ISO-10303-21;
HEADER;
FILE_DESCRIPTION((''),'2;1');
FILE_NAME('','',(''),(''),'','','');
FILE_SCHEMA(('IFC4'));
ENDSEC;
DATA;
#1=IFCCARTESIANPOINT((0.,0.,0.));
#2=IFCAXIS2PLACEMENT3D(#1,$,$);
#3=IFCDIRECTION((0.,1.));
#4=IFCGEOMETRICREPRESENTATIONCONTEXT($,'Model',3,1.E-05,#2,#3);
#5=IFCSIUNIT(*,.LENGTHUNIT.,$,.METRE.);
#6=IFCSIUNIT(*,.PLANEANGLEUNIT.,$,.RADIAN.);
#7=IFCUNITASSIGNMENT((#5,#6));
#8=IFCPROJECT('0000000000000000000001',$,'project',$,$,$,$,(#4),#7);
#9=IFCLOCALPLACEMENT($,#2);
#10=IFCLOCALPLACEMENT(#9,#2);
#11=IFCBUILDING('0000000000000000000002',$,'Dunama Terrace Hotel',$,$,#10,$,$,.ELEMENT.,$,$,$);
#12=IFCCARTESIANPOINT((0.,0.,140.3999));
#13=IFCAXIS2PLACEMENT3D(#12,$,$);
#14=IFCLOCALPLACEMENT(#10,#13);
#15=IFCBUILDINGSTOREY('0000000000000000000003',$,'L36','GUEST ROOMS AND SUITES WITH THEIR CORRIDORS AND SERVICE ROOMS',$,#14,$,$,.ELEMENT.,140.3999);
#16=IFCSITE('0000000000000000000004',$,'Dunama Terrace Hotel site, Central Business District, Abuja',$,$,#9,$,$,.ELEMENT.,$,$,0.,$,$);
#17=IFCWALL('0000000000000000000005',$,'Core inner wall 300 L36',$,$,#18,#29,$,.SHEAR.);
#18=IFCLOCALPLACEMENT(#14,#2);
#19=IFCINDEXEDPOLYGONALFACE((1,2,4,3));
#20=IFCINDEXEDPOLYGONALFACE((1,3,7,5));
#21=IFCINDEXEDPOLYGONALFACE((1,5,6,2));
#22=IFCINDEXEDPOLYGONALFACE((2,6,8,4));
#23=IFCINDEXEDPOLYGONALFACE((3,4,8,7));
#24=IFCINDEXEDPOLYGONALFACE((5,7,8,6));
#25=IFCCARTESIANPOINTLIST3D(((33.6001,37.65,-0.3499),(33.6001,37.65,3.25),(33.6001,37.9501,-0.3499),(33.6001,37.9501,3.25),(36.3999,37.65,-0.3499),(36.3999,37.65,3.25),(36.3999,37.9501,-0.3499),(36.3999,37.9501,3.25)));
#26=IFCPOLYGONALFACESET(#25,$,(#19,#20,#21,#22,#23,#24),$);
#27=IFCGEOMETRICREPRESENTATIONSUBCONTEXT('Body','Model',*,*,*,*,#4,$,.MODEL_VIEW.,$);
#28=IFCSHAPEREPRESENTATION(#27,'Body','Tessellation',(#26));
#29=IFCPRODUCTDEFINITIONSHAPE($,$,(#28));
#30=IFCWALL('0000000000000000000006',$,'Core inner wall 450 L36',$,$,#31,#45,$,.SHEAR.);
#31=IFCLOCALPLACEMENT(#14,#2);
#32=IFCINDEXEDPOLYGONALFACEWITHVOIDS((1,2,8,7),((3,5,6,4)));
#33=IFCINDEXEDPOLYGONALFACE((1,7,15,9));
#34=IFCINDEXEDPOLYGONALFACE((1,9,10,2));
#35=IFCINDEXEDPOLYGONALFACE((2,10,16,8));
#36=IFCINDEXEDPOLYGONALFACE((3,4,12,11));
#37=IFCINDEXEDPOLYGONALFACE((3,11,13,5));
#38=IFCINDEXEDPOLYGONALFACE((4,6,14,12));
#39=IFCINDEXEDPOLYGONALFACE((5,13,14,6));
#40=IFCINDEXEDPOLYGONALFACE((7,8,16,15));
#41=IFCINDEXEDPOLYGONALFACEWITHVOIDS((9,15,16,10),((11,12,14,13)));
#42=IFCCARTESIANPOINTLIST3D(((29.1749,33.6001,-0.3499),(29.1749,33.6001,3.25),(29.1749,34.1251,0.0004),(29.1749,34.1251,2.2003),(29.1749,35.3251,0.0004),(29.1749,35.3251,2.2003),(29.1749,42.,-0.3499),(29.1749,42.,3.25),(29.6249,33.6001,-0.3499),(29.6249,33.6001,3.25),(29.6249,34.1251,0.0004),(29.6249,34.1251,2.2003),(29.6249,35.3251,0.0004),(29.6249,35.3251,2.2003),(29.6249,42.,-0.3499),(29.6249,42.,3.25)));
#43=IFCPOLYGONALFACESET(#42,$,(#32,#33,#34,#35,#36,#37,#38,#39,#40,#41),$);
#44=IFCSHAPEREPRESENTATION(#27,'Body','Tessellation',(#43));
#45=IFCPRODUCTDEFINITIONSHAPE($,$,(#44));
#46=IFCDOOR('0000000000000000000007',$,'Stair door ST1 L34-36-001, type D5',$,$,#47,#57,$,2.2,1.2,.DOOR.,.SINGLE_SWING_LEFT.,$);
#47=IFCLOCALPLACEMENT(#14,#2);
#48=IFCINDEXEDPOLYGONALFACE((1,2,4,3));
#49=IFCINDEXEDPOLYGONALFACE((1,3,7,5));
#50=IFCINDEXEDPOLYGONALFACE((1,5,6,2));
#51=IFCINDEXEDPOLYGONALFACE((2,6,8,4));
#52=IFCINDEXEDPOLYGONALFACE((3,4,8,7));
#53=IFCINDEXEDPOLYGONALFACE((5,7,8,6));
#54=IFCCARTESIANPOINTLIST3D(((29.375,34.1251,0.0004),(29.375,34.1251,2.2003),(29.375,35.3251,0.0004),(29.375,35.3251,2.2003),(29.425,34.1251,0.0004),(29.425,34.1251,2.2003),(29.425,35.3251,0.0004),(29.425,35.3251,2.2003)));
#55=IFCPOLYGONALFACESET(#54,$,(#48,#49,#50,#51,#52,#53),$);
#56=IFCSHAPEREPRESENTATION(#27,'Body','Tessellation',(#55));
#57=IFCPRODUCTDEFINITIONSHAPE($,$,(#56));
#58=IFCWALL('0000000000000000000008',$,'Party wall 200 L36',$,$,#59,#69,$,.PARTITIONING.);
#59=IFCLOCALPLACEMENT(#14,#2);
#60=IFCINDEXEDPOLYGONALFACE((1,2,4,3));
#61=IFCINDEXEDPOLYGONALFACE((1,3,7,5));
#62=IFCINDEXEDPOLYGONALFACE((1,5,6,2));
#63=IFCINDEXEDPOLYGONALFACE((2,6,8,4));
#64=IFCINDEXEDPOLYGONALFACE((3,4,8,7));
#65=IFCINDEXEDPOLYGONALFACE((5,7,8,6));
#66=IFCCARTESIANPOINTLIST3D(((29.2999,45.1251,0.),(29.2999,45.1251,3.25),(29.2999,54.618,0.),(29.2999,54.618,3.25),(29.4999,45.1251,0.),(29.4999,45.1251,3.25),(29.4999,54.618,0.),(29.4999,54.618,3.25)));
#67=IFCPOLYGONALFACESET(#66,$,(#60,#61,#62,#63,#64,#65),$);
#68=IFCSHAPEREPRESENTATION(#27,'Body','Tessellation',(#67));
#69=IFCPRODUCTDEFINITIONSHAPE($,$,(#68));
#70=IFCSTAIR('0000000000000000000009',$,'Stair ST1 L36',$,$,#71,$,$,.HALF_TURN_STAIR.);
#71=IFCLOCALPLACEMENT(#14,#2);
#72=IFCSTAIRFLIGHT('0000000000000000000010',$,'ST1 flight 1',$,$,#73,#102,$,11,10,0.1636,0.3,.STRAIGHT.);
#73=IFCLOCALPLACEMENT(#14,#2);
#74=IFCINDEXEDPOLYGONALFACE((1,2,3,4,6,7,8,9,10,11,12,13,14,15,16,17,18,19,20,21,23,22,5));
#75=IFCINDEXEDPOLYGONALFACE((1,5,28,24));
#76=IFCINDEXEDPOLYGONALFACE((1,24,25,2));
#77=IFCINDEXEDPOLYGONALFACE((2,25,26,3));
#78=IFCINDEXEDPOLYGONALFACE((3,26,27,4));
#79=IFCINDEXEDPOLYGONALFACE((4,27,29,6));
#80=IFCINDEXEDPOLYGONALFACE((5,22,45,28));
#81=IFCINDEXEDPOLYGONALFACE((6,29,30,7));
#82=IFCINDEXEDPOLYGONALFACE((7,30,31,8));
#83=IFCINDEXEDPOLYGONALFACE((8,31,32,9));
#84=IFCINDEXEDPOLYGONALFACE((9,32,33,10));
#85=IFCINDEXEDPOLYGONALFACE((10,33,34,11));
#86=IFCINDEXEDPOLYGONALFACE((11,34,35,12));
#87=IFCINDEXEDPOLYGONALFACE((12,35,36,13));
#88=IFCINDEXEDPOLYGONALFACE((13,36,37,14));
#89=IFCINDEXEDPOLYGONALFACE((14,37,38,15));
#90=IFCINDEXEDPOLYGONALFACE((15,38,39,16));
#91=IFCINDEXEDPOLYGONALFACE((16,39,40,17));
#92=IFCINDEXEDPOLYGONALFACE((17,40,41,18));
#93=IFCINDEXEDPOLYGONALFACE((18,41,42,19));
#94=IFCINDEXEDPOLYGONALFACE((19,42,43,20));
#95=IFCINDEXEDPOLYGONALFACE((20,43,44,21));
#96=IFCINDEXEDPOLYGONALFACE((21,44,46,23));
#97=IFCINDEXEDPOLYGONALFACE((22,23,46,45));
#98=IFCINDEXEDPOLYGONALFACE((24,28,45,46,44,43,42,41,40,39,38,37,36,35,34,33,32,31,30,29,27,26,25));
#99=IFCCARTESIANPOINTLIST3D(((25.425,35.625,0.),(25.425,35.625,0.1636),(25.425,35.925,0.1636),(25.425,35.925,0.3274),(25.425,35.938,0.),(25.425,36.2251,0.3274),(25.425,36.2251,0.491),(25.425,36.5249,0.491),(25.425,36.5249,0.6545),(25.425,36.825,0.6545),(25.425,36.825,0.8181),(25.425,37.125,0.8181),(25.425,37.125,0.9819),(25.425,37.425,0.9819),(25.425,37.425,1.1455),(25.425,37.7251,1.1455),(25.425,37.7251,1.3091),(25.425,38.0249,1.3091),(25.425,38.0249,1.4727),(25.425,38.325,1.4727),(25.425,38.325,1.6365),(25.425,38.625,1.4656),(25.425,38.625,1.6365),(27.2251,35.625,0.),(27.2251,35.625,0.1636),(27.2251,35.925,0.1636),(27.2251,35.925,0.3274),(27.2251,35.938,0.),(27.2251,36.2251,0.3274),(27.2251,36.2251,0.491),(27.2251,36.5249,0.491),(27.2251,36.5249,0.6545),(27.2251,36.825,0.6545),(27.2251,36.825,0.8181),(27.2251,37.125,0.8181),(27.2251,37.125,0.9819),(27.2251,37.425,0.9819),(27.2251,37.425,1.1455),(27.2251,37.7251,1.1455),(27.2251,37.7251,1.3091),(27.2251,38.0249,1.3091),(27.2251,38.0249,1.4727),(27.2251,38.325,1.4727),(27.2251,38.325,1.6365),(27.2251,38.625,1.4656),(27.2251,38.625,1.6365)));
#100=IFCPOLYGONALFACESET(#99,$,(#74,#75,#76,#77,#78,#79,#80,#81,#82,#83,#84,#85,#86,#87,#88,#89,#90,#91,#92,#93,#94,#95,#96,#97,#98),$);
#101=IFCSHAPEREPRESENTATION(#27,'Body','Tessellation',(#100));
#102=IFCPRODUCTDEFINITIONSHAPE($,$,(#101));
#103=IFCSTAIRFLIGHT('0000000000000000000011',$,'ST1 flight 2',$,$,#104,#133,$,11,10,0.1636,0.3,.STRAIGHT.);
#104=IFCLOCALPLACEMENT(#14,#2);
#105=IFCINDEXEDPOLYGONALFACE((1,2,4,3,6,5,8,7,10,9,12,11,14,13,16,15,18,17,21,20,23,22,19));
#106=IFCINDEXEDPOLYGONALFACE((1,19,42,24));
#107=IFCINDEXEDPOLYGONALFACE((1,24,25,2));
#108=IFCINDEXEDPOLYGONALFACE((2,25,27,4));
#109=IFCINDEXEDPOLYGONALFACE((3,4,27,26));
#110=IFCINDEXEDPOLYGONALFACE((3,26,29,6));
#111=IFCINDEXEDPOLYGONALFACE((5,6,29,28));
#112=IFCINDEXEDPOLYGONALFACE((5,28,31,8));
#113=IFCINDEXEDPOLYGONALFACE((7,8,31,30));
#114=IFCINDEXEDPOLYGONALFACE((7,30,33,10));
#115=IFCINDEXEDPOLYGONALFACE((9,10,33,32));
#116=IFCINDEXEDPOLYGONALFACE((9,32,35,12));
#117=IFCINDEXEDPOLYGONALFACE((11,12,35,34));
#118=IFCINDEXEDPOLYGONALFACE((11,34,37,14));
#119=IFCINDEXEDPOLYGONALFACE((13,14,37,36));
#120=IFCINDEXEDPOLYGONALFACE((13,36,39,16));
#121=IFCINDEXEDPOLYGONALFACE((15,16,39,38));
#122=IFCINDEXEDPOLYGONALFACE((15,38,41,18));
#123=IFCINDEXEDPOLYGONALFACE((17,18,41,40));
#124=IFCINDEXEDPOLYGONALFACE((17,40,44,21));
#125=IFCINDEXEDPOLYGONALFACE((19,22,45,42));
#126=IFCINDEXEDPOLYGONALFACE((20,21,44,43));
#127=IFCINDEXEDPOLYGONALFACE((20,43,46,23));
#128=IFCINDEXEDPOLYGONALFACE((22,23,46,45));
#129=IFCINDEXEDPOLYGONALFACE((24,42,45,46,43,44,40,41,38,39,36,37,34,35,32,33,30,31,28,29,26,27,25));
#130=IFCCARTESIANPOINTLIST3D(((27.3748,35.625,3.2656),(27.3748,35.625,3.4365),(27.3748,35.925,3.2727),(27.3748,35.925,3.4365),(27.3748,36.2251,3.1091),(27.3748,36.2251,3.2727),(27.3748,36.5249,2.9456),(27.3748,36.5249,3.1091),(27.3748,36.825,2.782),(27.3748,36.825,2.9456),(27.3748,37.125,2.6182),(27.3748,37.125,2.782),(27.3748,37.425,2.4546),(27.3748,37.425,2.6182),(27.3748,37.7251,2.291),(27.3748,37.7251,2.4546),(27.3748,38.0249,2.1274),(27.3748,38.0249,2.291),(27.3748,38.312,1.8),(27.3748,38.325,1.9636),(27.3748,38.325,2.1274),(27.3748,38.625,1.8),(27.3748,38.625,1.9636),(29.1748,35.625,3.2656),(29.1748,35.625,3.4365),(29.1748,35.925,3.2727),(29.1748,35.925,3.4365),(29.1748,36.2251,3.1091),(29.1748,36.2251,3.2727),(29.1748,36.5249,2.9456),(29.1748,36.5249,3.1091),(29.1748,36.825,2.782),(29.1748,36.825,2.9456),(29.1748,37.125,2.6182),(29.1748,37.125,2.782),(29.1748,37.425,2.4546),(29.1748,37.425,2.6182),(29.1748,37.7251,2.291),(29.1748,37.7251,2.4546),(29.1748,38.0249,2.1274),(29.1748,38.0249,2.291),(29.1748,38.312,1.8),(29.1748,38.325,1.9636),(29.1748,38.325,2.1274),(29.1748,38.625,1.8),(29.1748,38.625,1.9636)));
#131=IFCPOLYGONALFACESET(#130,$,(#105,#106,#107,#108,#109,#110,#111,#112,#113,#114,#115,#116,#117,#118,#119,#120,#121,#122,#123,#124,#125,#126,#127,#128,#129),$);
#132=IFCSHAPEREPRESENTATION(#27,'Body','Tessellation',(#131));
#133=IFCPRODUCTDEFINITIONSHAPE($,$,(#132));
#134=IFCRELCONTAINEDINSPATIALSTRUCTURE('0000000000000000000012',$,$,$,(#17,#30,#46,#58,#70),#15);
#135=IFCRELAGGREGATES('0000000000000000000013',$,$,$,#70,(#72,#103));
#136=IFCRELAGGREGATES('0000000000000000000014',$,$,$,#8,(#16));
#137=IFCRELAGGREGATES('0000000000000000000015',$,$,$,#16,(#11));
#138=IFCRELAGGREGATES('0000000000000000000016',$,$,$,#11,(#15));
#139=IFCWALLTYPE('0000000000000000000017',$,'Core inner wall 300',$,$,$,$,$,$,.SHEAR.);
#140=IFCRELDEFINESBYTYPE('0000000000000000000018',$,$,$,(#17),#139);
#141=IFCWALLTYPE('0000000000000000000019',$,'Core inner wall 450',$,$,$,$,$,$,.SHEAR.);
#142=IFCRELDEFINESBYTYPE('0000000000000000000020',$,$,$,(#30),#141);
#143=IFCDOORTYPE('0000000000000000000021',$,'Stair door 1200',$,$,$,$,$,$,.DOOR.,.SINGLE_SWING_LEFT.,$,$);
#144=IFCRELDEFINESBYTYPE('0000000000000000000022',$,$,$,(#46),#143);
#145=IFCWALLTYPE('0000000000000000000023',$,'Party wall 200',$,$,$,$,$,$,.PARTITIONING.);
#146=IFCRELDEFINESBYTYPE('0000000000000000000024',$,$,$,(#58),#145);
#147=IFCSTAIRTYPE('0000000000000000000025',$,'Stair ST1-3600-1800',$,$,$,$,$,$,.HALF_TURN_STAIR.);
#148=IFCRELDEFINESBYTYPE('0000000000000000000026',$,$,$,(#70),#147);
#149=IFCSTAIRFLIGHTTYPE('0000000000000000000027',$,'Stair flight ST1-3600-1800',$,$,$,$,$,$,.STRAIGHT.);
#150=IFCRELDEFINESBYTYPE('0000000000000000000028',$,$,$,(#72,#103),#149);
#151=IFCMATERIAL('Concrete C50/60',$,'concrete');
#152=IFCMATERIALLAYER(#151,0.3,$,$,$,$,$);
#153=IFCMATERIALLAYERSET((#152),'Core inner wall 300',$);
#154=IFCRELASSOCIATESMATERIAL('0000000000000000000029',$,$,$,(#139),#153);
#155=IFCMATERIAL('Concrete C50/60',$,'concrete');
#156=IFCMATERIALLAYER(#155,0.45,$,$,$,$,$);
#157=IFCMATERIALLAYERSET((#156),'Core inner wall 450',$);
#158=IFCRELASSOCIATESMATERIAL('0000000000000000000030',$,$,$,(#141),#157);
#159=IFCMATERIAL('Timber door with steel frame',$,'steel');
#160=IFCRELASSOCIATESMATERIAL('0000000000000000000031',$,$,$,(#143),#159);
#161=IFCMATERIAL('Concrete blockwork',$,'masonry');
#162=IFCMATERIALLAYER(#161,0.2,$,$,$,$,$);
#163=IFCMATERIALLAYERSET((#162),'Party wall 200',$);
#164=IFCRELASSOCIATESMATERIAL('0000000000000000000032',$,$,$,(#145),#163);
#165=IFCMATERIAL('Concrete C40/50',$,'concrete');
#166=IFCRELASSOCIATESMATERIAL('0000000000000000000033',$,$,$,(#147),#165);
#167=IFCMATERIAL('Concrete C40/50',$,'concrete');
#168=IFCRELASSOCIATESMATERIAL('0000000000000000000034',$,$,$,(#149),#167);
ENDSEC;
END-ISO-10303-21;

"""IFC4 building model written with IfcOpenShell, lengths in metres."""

from ifc_helpers import new_model, si_unit, direction, frame, frame_2d, origin, place, context, subcontext, project, spatial, polyline, rectangle, outline, extrude, material, layer, layer_set, type_object, element, fill, aggregate, save


model = new_model("IFC4")

# Units and contexts
model_context = context("Model", 3, precision=1e-05, world=origin(), true_north=direction((0.0, 1.0)))
body_context = subcontext(model_context, "Body", "Model", "MODEL_VIEW")
ifc_project = project(units=[si_unit("LENGTHUNIT", "METRE"), si_unit("PLANEANGLEUNIT", "RADIAN")], contexts=[model_context])

# Site, building, storey
site_placement = place(None, origin())
site = spatial("IfcSite", under=ifc_project, at=site_placement, Name="Dunama Terrace Hotel site, Central Business District, Abuja", CompositionType="ELEMENT", RefElevation=0.0)
building_placement = place(site_placement, origin())
building = spatial("IfcBuilding", under=site, at=building_placement, Name="Dunama Terrace Hotel", CompositionType="ELEMENT")
storey_placement = place(building_placement, frame((0.0, 0.0, 140.3999)))
storey = spatial("IfcBuildingStorey", under=building, at=storey_placement, Name="L36", Description="GUEST ROOMS AND SUITES WITH THEIR CORRIDORS AND SERVICE ROOMS", CompositionType="ELEMENT", Elevation=140.3999)

# Shared definitions
ifc_material_1 = material(Name="Concrete C50/60", Category="concrete")
ifc_layer_1 = layer(ifc_material_1, 0.3)
ifc_layer_set_1 = layer_set([ifc_layer_1], Name="Core inner wall 300")
wall_type_1 = type_object("IfcWallType", Name="Core inner wall 300", PredefinedType="SHEAR", material=ifc_layer_set_1)

# Wall
wall_1_placement = place(storey_placement, frame((33.6001, 37.8, -0.3499), z_axis=(0.0, 0.0, 1.0), x_axis=(1.0, 0.0, 0.0)))
element("IfcWall", 1, at=wall_1_placement, inside=storey, type_object=wall_type_1, Name="Core inner wall 300 L36", PredefinedType="SHEAR", context=body_context, shape_type="SweptSolid", body=[
    extrude(rectangle(XDim=2.7998, YDim=0.3, at=frame_2d((1.3999, 0.0))), origin(), (0.0, 0.0, 1.0), 3.5999),
])

# Wall, opening, door
ifc_material_2 = material(Name="Concrete C50/60", Category="concrete")
ifc_layer_2 = layer(ifc_material_2, 0.45)
ifc_layer_set_2 = layer_set([ifc_layer_2], Name="Core inner wall 450")
wall_type_2 = type_object("IfcWallType", Name="Core inner wall 450", PredefinedType="SHEAR", material=ifc_layer_set_2)
wall_2_placement = place(storey_placement, frame((29.3999, 33.6001, -0.3499), z_axis=(0.0, 0.0, 1.0), x_axis=(0.0, 1.0, 0.0)))
wall_2 = element("IfcWall", 2, at=wall_2_placement, inside=storey, type_object=wall_type_2, Name="Core inner wall 450 L36", PredefinedType="SHEAR", context=body_context, shape_type="SweptSolid", body=[
    extrude(rectangle(XDim=8.3999, YDim=0.45, at=frame_2d((4.2, 0.0))), origin(), (0.0, 0.0, 1.0), 3.5999),
])
opening_1_placement = place(wall_2_placement, frame((0.5249, 0.0, 0.3501)))
opening_1 = element("IfcOpeningElement", 3, at=opening_1_placement, cuts=wall_2, PredefinedType="OPENING", context=body_context, shape_type="SweptSolid", body=[
    extrude(rectangle(XDim=1.2, YDim=2.2, at=frame_2d((0.6001, 1.1001))), frame((0.0, 0.2349, 0.0), z_axis=(0.0, -1.0, 0.0), x_axis=(1.0, 0.0, 0.0)), (0.0, 0.0, 1.0), 0.47),
])
ifc_material_3 = material(Name="Timber door with steel frame", Category="steel")
door_type_1 = type_object("IfcDoorType", Name="Stair door 1200", OperationType="SINGLE_SWING_LEFT", PredefinedType="DOOR", material=ifc_material_3)
door_1_placement = place(opening_1_placement, origin())
door_1 = element("IfcDoor", 4, at=door_1_placement, inside=storey, type_object=door_type_1, Name="Stair door ST1 L34-36-001, type D5", OperationType="SINGLE_SWING_LEFT", OverallHeight=2.2, OverallWidth=1.2, PredefinedType="DOOR", context=body_context, shape_type="SweptSolid", body=[
    extrude(rectangle(XDim=1.2, YDim=2.2, at=frame_2d((0.6001, 1.1001))), frame((0.0, 0.0249, 0.0), z_axis=(0.0, -1.0, 0.0), x_axis=(1.0, 0.0, 0.0)), (0.0, 0.0, 1.0), 0.05),
])
fill(opening_1, door_1)

# Wall
ifc_material_4 = material(Name="Concrete blockwork", Category="masonry")
ifc_layer_3 = layer(ifc_material_4, 0.2)
ifc_layer_set_3 = layer_set([ifc_layer_3], Name="Party wall 200")
wall_type_3 = type_object("IfcWallType", Name="Party wall 200", PredefinedType="PARTITIONING", material=ifc_layer_set_3)
wall_3_placement = place(storey_placement, frame((29.3999, 45.125, 0.0), z_axis=(0.0, 0.0, 1.0), x_axis=(0.0, 1.0, 0.0)))
element("IfcWall", 5, at=wall_3_placement, inside=storey, type_object=wall_type_3, Name="Party wall 200 L36", PredefinedType="PARTITIONING", context=body_context, shape_type="SweptSolid", body=[
    extrude(rectangle(XDim=9.4929, YDim=0.2, at=frame_2d((4.7466, 0.0))), origin(), (0.0, 0.0, 1.0), 3.25),
])

# Stair, stair flights
ifc_material_5 = material(Name="Concrete C40/50", Category="concrete")
stair_type = type_object("IfcStairType", Name="Stair ST1-3600-1800", PredefinedType="HALF_TURN_STAIR", material=ifc_material_5)
stair_placement = place(storey_placement, origin())
stair = element("IfcStair", 6, at=stair_placement, inside=storey, type_object=stair_type, Name="Stair ST1 L36", PredefinedType="HALF_TURN_STAIR")
ifc_material_6 = material(Name="Concrete C40/50", Category="concrete")
stair_flight_type = type_object("IfcStairFlightType", Name="Stair flight ST1-3600-1800", PredefinedType="STRAIGHT", material=ifc_material_6)
stair_flight_1_placement = place(storey_placement, frame((26.325, 35.625, 0.0), z_axis=(0.0, 0.0, 1.0), x_axis=(0.0, 1.0, 0.0)))
stair_flight_1 = element("IfcStairFlight", 7, at=stair_flight_1_placement, type_object=stair_flight_type, Name="ST1 flight 1", NumberOfRisers=11, NumberOfTreads=10, PredefinedType="STRAIGHT", RiserHeight=0.1636, TreadLength=0.3, context=body_context, shape_type="SweptSolid", body=[
    extrude(outline(polyline([(0.0, 0.0), (0.0, 0.1636), (0.3, 0.1636), (0.3, 0.3274), (0.6001, 0.3274), (0.6001, 0.491), (0.8999, 0.491), (0.8999, 0.6545), (1.2, 0.6545), (1.2, 0.8181), (1.5, 0.8181), (1.5, 0.9819), (1.8, 0.9819), (1.8, 1.1455), (2.1001, 1.1455), (2.1001, 1.3091), (2.3999, 1.3091), (2.3999, 1.4727), (2.7, 1.4727), (2.7, 1.6365), (3.0, 1.6365), (3.0, 1.8), (3.0, 1.4656), (0.313, 0.0), (0.0, 0.0)])), frame((0.0, 0.8999, 0.0), z_axis=(0.0, -1.0, 0.0), x_axis=(1.0, 0.0, 0.0)), (0.0, 0.0, 1.0), 1.8),
])
stair_flight_2_placement = place(storey_placement, frame((28.2749, 38.625, 1.8), z_axis=(0.0, 0.0, 1.0), x_axis=(0.0, -1.0, 0.0)))
stair_flight_2 = element("IfcStairFlight", 8, at=stair_flight_2_placement, type_object=stair_flight_type, Name="ST1 flight 2", NumberOfRisers=11, NumberOfTreads=10, PredefinedType="STRAIGHT", RiserHeight=0.1636, TreadLength=0.3, context=body_context, shape_type="SweptSolid", body=[
    extrude(outline(polyline([(0.0, 0.0), (0.0, 0.1636), (0.3, 0.1636), (0.3, 0.3274), (0.6001, 0.3274), (0.6001, 0.491), (0.8999, 0.491), (0.8999, 0.6545), (1.2, 0.6545), (1.2, 0.8181), (1.5, 0.8181), (1.5, 0.9819), (1.8, 0.9819), (1.8, 1.1455), (2.1001, 1.1455), (2.1001, 1.3091), (2.3999, 1.3091), (2.3999, 1.4727), (2.7, 1.4727), (2.7, 1.6365), (3.0, 1.6365), (3.0, 1.8), (3.0, 1.4656), (0.313, 0.0), (0.0, 0.0)])), frame((0.0, 0.8999, 0.0), z_axis=(0.0, -1.0, 0.0), x_axis=(1.0, 0.0, 0.0)), (0.0, 0.0, 1.0), 1.8),
])
aggregate(stair, [stair_flight_1, stair_flight_2])

save(model, "model.ifc")
